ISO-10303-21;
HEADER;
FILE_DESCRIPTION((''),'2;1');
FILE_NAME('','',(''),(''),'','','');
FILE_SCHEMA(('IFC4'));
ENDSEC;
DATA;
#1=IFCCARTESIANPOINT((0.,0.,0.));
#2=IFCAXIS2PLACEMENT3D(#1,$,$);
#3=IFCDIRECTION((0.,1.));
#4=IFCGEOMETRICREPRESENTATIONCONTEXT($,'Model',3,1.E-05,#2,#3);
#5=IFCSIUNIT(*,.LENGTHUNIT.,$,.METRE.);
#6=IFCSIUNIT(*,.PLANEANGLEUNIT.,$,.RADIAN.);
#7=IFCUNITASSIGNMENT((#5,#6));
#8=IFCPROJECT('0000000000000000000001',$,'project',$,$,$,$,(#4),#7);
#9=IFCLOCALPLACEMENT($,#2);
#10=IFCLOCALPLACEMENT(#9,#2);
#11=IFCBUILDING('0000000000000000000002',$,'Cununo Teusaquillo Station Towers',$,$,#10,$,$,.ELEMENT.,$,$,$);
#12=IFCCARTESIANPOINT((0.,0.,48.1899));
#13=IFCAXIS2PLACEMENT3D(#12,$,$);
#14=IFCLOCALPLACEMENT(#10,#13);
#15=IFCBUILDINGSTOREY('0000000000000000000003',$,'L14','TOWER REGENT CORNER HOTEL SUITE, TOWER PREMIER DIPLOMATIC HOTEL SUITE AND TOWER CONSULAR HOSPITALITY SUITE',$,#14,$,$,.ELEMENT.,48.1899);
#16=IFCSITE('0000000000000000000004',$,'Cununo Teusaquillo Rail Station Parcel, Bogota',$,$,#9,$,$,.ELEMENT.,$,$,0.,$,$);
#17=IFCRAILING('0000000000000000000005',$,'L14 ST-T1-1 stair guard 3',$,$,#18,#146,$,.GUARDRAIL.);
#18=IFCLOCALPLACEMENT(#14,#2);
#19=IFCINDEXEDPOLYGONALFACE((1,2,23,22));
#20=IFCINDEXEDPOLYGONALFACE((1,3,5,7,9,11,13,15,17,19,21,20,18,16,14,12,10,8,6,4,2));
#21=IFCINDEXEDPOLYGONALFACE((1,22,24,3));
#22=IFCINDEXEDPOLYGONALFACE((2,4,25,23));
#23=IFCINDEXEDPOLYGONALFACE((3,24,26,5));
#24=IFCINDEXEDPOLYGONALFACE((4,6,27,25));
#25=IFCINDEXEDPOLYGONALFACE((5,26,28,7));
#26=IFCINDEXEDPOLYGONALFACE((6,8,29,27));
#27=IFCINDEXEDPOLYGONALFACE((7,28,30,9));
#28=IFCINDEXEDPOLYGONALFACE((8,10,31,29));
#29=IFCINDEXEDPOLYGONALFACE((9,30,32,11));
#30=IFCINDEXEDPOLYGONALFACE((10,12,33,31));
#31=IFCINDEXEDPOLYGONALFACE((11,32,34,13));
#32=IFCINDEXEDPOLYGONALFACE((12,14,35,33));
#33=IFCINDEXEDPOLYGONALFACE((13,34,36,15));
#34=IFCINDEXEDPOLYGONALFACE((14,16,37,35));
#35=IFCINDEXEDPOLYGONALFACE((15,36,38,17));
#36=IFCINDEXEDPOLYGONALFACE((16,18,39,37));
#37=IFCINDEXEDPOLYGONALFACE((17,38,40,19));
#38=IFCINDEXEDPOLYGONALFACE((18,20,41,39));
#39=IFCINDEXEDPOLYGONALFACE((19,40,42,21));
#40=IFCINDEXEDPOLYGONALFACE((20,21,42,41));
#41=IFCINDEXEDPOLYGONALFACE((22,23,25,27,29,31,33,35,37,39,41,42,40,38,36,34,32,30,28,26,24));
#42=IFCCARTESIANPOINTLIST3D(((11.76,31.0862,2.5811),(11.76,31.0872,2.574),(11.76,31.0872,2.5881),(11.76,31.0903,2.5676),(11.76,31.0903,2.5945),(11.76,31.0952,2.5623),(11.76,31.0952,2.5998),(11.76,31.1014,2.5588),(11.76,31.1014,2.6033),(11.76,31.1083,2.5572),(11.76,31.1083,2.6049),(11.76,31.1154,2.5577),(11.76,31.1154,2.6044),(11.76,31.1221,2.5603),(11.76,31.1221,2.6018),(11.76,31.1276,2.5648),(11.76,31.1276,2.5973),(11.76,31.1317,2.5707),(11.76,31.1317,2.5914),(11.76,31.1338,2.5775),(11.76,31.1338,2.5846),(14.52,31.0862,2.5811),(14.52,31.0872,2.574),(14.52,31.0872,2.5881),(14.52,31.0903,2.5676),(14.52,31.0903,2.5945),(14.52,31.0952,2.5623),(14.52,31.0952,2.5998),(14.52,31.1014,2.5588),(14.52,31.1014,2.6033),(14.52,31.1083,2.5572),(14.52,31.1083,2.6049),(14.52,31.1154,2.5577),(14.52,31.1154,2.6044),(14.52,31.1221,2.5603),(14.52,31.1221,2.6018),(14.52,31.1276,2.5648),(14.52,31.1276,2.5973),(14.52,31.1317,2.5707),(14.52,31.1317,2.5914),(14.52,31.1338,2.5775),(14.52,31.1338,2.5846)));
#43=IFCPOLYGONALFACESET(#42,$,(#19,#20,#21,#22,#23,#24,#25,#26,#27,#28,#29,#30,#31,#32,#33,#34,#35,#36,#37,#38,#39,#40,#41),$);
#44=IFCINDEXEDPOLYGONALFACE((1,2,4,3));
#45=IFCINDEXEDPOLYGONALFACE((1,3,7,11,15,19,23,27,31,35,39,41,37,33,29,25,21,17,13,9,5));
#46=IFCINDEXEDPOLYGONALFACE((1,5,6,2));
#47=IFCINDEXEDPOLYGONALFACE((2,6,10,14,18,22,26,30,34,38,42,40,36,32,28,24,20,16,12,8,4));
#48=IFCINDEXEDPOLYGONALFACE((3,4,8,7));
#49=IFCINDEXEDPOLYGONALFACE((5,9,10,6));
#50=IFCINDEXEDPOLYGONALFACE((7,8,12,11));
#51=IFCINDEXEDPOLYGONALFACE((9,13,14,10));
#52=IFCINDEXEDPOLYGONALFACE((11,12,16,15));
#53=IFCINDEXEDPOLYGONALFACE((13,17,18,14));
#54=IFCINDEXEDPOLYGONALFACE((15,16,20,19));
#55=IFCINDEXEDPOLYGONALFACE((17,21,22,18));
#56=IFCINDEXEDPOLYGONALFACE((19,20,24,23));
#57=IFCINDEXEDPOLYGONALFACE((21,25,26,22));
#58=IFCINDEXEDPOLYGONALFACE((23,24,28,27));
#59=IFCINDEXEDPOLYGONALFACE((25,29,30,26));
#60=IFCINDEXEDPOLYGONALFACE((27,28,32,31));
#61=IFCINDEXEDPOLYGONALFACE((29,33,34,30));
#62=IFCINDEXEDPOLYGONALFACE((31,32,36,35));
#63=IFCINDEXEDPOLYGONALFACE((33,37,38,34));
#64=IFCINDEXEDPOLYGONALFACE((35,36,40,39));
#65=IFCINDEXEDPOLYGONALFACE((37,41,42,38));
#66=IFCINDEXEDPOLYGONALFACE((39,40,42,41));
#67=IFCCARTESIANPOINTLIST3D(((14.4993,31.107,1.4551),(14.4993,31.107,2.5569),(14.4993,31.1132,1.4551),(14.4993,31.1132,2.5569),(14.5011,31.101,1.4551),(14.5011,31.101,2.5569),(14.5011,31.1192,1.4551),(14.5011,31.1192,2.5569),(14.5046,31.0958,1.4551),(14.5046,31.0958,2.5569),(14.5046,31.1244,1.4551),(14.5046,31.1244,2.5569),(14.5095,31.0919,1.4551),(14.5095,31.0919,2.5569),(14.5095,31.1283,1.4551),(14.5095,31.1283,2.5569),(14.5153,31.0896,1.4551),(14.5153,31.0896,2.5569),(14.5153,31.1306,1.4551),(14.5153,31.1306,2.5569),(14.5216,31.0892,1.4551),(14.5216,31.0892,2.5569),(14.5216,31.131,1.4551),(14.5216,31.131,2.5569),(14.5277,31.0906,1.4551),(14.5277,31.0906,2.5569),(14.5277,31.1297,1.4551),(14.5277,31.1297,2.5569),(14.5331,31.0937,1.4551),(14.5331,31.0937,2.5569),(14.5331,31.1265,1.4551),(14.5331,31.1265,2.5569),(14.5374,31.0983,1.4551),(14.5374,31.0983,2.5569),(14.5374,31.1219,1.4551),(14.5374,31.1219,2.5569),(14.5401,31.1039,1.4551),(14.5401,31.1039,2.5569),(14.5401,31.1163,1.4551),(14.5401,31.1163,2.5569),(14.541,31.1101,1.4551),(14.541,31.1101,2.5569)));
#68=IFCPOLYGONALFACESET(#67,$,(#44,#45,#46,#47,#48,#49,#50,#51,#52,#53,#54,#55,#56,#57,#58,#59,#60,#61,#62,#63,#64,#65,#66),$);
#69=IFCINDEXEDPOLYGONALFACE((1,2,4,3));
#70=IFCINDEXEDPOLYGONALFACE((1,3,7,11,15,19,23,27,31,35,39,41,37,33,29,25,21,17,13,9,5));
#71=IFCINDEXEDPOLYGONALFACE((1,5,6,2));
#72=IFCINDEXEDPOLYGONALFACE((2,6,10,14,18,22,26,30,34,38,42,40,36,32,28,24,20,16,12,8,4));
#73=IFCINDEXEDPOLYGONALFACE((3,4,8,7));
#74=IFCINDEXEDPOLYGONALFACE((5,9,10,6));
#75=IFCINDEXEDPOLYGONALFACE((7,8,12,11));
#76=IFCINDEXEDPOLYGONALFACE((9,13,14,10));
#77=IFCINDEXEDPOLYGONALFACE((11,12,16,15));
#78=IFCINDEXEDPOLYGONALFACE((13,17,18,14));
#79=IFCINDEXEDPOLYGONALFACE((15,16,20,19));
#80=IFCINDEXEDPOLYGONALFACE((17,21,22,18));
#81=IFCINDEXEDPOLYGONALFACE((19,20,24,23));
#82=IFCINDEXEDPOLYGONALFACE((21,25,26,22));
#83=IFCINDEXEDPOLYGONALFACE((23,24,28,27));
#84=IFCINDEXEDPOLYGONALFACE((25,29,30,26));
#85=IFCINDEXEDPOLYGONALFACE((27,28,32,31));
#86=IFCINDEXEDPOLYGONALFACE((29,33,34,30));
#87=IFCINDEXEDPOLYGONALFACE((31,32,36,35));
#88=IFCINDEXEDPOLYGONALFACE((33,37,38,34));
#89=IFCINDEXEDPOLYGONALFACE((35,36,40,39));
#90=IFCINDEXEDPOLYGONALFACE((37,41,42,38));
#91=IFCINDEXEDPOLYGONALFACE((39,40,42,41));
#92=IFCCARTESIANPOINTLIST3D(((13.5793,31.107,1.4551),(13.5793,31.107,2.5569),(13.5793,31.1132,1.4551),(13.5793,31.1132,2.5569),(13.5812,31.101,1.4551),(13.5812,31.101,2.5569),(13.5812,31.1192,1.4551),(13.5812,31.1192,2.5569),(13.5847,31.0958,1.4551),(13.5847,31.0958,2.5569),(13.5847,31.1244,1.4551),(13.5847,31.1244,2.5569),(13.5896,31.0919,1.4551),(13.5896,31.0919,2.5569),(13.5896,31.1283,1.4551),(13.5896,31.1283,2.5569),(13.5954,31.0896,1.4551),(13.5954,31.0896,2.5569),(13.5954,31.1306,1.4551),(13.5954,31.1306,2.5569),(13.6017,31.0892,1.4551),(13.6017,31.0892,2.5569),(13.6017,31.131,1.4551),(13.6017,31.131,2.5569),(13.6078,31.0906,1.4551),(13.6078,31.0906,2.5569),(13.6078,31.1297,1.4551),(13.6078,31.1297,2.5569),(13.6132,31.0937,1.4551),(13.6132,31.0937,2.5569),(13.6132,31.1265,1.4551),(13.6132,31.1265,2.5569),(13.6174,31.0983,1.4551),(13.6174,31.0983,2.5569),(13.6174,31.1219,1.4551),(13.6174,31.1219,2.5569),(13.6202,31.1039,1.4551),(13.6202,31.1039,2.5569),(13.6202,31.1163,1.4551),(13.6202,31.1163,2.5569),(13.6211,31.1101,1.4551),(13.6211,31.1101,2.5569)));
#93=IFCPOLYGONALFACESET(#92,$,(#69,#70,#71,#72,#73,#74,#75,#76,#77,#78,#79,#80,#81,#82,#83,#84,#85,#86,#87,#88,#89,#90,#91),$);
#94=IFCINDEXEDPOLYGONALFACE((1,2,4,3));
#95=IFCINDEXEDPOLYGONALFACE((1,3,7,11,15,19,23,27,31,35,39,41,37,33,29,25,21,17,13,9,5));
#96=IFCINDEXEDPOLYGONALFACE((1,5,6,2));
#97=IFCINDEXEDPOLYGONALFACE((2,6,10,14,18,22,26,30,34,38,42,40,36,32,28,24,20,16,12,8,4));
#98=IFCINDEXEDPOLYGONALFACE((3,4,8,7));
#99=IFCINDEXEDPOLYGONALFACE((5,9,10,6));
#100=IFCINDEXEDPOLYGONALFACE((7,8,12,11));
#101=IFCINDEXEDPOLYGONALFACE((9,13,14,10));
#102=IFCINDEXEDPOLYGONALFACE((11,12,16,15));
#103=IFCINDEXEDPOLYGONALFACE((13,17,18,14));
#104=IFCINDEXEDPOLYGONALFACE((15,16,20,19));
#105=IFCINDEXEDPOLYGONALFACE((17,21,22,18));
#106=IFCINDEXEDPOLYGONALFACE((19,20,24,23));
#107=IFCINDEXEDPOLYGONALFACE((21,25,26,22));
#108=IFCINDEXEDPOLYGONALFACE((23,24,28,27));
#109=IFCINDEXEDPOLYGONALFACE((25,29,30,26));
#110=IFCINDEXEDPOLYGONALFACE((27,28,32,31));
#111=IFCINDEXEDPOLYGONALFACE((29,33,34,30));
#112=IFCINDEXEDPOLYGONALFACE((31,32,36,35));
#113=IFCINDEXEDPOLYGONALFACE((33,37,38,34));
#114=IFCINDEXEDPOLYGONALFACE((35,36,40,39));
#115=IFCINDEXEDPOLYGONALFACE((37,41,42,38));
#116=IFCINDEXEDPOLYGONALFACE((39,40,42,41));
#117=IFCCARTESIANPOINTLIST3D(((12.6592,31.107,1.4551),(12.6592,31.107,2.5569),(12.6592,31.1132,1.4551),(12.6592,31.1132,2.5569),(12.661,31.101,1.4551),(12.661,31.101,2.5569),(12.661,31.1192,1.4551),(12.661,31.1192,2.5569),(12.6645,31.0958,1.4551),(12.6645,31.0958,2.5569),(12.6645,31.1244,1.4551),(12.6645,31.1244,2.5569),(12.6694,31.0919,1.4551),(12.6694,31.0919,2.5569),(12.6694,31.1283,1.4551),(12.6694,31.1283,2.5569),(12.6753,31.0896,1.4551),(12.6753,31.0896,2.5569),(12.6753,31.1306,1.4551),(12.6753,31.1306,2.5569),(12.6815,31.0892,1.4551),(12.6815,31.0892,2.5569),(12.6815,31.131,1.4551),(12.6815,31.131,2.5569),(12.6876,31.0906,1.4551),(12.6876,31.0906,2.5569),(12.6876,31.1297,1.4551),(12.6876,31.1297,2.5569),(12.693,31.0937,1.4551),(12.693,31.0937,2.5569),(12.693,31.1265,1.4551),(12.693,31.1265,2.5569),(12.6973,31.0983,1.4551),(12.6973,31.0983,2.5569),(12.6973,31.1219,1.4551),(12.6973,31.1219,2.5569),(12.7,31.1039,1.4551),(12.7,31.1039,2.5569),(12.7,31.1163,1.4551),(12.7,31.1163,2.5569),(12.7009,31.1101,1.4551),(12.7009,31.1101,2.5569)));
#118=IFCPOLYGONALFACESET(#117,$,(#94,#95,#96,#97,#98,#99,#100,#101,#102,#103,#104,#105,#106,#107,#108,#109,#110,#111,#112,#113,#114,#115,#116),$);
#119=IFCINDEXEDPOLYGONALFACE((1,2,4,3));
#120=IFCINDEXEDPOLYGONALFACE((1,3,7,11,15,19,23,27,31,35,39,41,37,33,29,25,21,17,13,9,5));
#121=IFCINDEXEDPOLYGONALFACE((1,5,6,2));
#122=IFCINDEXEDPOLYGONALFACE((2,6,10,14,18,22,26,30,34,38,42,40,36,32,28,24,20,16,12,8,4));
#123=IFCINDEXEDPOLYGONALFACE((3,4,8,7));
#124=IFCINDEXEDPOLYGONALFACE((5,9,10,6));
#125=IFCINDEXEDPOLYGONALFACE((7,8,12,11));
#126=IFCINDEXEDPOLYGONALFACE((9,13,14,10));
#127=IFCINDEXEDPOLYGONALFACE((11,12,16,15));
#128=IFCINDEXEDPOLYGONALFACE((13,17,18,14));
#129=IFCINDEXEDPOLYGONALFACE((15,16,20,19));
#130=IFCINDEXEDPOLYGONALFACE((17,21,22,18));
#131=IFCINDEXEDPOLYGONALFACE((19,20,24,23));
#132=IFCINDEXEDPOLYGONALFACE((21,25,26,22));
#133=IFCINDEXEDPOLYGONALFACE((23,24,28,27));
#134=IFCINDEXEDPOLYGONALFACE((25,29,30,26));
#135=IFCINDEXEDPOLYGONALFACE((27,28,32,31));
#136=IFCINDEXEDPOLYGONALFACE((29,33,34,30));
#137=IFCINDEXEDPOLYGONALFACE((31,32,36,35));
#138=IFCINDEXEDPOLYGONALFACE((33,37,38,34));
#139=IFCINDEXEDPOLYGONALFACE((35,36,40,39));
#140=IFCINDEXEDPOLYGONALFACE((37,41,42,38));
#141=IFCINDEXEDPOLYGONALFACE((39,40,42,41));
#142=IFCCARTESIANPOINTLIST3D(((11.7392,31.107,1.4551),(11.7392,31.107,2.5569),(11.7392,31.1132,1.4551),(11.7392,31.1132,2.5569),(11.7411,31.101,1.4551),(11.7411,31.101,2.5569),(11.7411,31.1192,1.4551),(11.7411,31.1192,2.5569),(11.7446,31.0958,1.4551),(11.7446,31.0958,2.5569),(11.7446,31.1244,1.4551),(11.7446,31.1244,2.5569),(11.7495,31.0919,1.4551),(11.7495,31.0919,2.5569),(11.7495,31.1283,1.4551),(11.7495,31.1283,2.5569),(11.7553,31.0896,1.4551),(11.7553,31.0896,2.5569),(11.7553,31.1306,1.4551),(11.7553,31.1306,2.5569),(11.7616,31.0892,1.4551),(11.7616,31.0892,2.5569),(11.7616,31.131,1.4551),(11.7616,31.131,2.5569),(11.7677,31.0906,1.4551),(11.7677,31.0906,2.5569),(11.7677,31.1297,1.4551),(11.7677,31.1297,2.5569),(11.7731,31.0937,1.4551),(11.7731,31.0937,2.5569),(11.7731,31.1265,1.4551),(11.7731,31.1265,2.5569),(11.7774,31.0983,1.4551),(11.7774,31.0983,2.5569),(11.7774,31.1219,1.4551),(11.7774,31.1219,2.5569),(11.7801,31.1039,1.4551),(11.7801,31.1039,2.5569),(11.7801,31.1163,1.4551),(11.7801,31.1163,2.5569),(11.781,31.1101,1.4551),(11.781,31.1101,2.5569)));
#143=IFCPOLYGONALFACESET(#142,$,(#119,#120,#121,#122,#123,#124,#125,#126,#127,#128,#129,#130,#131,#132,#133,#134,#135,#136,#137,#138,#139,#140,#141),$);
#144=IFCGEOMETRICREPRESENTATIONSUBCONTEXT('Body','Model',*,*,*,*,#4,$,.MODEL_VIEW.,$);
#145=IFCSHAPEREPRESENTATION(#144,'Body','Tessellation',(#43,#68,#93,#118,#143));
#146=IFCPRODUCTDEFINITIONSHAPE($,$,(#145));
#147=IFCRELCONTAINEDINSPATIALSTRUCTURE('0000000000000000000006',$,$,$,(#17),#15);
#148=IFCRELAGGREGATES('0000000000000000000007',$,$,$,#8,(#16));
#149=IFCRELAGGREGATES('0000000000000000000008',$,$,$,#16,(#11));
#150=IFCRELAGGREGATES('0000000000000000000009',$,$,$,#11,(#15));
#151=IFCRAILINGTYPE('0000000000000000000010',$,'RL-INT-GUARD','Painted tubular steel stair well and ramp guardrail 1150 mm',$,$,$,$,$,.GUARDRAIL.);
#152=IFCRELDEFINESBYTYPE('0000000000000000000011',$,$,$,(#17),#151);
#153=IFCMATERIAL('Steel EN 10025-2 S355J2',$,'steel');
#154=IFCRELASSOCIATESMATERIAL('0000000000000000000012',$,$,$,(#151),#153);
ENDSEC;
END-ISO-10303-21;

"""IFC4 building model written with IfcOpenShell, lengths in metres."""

from ifc_helpers import new_model, si_unit, direction, frame, origin, origin_2d, place, context, subcontext, project, spatial, circle, extrude, material, type_object, element, save


model = new_model("IFC4")

# Units and contexts
model_context = context("Model", 3, precision=1e-05, world=origin(), true_north=direction((0.0, 1.0)))
body_context = subcontext(model_context, "Body", "Model", "MODEL_VIEW")
ifc_project = project(units=[si_unit("LENGTHUNIT", "METRE"), si_unit("PLANEANGLEUNIT", "RADIAN")], contexts=[model_context])

# Site, building, storey
site_placement = place(None, origin())
site = spatial("IfcSite", under=ifc_project, at=site_placement, Name="Cununo Teusaquillo Rail Station Parcel, Bogota", CompositionType="ELEMENT", RefElevation=0.0)
building_placement = place(site_placement, origin())
building = spatial("IfcBuilding", under=site, at=building_placement, Name="Cununo Teusaquillo Station Towers", CompositionType="ELEMENT")
storey_placement = place(building_placement, frame((0.0, 0.0, 48.1899)))
storey = spatial("IfcBuildingStorey", under=building, at=storey_placement, Name="L14", Description="TOWER REGENT CORNER HOTEL SUITE, TOWER PREMIER DIPLOMATIC HOTEL SUITE AND TOWER CONSULAR HOSPITALITY SUITE", CompositionType="ELEMENT", Elevation=48.1899)

# Railing
ifc_material_1 = material(Name="Steel EN 10025-2 S355J2", Category="steel")
railing_type_1 = type_object("IfcRailingType", Name="RL-INT-GUARD", Description="Painted tubular steel stair well and ramp guardrail 1150 mm", PredefinedType="GUARDRAIL", material=ifc_material_1)
railing_1_placement = place(storey_placement, frame((14.52, 31.1101, 1.4551)))
element("IfcRailing", 1, at=railing_1_placement, inside=storey, type_object=railing_type_1, Name="L14 ST-T1-1 stair guard 3", PredefinedType="GUARDRAIL", context=body_context, shape_type="SweptSolid", body=[
    extrude(circle(Radius=0.0239, at=origin_2d()), frame((0.0, 0.0, 1.126), z_axis=(-1.0, 0.0, 0.0), x_axis=(0.0, -1.0, 0.0)), (0.0, 0.0, 1.0), 2.76),
    extrude(circle(Radius=0.021, at=origin_2d()), origin(), (0.0, 0.0, 1.0), 1.1018),
    extrude(circle(Radius=0.021, at=origin_2d()), frame((-0.9199, 0.0, 0.0)), (0.0, 0.0, 1.0), 1.1018),
    extrude(circle(Radius=0.021, at=origin_2d()), frame((-1.8401, 0.0, 0.0)), (0.0, 0.0, 1.0), 1.1018),
    extrude(circle(Radius=0.021, at=origin_2d()), frame((-2.76, 0.0, 0.0)), (0.0, 0.0, 1.0), 1.1018),
])

save(model, "model.ifc")
